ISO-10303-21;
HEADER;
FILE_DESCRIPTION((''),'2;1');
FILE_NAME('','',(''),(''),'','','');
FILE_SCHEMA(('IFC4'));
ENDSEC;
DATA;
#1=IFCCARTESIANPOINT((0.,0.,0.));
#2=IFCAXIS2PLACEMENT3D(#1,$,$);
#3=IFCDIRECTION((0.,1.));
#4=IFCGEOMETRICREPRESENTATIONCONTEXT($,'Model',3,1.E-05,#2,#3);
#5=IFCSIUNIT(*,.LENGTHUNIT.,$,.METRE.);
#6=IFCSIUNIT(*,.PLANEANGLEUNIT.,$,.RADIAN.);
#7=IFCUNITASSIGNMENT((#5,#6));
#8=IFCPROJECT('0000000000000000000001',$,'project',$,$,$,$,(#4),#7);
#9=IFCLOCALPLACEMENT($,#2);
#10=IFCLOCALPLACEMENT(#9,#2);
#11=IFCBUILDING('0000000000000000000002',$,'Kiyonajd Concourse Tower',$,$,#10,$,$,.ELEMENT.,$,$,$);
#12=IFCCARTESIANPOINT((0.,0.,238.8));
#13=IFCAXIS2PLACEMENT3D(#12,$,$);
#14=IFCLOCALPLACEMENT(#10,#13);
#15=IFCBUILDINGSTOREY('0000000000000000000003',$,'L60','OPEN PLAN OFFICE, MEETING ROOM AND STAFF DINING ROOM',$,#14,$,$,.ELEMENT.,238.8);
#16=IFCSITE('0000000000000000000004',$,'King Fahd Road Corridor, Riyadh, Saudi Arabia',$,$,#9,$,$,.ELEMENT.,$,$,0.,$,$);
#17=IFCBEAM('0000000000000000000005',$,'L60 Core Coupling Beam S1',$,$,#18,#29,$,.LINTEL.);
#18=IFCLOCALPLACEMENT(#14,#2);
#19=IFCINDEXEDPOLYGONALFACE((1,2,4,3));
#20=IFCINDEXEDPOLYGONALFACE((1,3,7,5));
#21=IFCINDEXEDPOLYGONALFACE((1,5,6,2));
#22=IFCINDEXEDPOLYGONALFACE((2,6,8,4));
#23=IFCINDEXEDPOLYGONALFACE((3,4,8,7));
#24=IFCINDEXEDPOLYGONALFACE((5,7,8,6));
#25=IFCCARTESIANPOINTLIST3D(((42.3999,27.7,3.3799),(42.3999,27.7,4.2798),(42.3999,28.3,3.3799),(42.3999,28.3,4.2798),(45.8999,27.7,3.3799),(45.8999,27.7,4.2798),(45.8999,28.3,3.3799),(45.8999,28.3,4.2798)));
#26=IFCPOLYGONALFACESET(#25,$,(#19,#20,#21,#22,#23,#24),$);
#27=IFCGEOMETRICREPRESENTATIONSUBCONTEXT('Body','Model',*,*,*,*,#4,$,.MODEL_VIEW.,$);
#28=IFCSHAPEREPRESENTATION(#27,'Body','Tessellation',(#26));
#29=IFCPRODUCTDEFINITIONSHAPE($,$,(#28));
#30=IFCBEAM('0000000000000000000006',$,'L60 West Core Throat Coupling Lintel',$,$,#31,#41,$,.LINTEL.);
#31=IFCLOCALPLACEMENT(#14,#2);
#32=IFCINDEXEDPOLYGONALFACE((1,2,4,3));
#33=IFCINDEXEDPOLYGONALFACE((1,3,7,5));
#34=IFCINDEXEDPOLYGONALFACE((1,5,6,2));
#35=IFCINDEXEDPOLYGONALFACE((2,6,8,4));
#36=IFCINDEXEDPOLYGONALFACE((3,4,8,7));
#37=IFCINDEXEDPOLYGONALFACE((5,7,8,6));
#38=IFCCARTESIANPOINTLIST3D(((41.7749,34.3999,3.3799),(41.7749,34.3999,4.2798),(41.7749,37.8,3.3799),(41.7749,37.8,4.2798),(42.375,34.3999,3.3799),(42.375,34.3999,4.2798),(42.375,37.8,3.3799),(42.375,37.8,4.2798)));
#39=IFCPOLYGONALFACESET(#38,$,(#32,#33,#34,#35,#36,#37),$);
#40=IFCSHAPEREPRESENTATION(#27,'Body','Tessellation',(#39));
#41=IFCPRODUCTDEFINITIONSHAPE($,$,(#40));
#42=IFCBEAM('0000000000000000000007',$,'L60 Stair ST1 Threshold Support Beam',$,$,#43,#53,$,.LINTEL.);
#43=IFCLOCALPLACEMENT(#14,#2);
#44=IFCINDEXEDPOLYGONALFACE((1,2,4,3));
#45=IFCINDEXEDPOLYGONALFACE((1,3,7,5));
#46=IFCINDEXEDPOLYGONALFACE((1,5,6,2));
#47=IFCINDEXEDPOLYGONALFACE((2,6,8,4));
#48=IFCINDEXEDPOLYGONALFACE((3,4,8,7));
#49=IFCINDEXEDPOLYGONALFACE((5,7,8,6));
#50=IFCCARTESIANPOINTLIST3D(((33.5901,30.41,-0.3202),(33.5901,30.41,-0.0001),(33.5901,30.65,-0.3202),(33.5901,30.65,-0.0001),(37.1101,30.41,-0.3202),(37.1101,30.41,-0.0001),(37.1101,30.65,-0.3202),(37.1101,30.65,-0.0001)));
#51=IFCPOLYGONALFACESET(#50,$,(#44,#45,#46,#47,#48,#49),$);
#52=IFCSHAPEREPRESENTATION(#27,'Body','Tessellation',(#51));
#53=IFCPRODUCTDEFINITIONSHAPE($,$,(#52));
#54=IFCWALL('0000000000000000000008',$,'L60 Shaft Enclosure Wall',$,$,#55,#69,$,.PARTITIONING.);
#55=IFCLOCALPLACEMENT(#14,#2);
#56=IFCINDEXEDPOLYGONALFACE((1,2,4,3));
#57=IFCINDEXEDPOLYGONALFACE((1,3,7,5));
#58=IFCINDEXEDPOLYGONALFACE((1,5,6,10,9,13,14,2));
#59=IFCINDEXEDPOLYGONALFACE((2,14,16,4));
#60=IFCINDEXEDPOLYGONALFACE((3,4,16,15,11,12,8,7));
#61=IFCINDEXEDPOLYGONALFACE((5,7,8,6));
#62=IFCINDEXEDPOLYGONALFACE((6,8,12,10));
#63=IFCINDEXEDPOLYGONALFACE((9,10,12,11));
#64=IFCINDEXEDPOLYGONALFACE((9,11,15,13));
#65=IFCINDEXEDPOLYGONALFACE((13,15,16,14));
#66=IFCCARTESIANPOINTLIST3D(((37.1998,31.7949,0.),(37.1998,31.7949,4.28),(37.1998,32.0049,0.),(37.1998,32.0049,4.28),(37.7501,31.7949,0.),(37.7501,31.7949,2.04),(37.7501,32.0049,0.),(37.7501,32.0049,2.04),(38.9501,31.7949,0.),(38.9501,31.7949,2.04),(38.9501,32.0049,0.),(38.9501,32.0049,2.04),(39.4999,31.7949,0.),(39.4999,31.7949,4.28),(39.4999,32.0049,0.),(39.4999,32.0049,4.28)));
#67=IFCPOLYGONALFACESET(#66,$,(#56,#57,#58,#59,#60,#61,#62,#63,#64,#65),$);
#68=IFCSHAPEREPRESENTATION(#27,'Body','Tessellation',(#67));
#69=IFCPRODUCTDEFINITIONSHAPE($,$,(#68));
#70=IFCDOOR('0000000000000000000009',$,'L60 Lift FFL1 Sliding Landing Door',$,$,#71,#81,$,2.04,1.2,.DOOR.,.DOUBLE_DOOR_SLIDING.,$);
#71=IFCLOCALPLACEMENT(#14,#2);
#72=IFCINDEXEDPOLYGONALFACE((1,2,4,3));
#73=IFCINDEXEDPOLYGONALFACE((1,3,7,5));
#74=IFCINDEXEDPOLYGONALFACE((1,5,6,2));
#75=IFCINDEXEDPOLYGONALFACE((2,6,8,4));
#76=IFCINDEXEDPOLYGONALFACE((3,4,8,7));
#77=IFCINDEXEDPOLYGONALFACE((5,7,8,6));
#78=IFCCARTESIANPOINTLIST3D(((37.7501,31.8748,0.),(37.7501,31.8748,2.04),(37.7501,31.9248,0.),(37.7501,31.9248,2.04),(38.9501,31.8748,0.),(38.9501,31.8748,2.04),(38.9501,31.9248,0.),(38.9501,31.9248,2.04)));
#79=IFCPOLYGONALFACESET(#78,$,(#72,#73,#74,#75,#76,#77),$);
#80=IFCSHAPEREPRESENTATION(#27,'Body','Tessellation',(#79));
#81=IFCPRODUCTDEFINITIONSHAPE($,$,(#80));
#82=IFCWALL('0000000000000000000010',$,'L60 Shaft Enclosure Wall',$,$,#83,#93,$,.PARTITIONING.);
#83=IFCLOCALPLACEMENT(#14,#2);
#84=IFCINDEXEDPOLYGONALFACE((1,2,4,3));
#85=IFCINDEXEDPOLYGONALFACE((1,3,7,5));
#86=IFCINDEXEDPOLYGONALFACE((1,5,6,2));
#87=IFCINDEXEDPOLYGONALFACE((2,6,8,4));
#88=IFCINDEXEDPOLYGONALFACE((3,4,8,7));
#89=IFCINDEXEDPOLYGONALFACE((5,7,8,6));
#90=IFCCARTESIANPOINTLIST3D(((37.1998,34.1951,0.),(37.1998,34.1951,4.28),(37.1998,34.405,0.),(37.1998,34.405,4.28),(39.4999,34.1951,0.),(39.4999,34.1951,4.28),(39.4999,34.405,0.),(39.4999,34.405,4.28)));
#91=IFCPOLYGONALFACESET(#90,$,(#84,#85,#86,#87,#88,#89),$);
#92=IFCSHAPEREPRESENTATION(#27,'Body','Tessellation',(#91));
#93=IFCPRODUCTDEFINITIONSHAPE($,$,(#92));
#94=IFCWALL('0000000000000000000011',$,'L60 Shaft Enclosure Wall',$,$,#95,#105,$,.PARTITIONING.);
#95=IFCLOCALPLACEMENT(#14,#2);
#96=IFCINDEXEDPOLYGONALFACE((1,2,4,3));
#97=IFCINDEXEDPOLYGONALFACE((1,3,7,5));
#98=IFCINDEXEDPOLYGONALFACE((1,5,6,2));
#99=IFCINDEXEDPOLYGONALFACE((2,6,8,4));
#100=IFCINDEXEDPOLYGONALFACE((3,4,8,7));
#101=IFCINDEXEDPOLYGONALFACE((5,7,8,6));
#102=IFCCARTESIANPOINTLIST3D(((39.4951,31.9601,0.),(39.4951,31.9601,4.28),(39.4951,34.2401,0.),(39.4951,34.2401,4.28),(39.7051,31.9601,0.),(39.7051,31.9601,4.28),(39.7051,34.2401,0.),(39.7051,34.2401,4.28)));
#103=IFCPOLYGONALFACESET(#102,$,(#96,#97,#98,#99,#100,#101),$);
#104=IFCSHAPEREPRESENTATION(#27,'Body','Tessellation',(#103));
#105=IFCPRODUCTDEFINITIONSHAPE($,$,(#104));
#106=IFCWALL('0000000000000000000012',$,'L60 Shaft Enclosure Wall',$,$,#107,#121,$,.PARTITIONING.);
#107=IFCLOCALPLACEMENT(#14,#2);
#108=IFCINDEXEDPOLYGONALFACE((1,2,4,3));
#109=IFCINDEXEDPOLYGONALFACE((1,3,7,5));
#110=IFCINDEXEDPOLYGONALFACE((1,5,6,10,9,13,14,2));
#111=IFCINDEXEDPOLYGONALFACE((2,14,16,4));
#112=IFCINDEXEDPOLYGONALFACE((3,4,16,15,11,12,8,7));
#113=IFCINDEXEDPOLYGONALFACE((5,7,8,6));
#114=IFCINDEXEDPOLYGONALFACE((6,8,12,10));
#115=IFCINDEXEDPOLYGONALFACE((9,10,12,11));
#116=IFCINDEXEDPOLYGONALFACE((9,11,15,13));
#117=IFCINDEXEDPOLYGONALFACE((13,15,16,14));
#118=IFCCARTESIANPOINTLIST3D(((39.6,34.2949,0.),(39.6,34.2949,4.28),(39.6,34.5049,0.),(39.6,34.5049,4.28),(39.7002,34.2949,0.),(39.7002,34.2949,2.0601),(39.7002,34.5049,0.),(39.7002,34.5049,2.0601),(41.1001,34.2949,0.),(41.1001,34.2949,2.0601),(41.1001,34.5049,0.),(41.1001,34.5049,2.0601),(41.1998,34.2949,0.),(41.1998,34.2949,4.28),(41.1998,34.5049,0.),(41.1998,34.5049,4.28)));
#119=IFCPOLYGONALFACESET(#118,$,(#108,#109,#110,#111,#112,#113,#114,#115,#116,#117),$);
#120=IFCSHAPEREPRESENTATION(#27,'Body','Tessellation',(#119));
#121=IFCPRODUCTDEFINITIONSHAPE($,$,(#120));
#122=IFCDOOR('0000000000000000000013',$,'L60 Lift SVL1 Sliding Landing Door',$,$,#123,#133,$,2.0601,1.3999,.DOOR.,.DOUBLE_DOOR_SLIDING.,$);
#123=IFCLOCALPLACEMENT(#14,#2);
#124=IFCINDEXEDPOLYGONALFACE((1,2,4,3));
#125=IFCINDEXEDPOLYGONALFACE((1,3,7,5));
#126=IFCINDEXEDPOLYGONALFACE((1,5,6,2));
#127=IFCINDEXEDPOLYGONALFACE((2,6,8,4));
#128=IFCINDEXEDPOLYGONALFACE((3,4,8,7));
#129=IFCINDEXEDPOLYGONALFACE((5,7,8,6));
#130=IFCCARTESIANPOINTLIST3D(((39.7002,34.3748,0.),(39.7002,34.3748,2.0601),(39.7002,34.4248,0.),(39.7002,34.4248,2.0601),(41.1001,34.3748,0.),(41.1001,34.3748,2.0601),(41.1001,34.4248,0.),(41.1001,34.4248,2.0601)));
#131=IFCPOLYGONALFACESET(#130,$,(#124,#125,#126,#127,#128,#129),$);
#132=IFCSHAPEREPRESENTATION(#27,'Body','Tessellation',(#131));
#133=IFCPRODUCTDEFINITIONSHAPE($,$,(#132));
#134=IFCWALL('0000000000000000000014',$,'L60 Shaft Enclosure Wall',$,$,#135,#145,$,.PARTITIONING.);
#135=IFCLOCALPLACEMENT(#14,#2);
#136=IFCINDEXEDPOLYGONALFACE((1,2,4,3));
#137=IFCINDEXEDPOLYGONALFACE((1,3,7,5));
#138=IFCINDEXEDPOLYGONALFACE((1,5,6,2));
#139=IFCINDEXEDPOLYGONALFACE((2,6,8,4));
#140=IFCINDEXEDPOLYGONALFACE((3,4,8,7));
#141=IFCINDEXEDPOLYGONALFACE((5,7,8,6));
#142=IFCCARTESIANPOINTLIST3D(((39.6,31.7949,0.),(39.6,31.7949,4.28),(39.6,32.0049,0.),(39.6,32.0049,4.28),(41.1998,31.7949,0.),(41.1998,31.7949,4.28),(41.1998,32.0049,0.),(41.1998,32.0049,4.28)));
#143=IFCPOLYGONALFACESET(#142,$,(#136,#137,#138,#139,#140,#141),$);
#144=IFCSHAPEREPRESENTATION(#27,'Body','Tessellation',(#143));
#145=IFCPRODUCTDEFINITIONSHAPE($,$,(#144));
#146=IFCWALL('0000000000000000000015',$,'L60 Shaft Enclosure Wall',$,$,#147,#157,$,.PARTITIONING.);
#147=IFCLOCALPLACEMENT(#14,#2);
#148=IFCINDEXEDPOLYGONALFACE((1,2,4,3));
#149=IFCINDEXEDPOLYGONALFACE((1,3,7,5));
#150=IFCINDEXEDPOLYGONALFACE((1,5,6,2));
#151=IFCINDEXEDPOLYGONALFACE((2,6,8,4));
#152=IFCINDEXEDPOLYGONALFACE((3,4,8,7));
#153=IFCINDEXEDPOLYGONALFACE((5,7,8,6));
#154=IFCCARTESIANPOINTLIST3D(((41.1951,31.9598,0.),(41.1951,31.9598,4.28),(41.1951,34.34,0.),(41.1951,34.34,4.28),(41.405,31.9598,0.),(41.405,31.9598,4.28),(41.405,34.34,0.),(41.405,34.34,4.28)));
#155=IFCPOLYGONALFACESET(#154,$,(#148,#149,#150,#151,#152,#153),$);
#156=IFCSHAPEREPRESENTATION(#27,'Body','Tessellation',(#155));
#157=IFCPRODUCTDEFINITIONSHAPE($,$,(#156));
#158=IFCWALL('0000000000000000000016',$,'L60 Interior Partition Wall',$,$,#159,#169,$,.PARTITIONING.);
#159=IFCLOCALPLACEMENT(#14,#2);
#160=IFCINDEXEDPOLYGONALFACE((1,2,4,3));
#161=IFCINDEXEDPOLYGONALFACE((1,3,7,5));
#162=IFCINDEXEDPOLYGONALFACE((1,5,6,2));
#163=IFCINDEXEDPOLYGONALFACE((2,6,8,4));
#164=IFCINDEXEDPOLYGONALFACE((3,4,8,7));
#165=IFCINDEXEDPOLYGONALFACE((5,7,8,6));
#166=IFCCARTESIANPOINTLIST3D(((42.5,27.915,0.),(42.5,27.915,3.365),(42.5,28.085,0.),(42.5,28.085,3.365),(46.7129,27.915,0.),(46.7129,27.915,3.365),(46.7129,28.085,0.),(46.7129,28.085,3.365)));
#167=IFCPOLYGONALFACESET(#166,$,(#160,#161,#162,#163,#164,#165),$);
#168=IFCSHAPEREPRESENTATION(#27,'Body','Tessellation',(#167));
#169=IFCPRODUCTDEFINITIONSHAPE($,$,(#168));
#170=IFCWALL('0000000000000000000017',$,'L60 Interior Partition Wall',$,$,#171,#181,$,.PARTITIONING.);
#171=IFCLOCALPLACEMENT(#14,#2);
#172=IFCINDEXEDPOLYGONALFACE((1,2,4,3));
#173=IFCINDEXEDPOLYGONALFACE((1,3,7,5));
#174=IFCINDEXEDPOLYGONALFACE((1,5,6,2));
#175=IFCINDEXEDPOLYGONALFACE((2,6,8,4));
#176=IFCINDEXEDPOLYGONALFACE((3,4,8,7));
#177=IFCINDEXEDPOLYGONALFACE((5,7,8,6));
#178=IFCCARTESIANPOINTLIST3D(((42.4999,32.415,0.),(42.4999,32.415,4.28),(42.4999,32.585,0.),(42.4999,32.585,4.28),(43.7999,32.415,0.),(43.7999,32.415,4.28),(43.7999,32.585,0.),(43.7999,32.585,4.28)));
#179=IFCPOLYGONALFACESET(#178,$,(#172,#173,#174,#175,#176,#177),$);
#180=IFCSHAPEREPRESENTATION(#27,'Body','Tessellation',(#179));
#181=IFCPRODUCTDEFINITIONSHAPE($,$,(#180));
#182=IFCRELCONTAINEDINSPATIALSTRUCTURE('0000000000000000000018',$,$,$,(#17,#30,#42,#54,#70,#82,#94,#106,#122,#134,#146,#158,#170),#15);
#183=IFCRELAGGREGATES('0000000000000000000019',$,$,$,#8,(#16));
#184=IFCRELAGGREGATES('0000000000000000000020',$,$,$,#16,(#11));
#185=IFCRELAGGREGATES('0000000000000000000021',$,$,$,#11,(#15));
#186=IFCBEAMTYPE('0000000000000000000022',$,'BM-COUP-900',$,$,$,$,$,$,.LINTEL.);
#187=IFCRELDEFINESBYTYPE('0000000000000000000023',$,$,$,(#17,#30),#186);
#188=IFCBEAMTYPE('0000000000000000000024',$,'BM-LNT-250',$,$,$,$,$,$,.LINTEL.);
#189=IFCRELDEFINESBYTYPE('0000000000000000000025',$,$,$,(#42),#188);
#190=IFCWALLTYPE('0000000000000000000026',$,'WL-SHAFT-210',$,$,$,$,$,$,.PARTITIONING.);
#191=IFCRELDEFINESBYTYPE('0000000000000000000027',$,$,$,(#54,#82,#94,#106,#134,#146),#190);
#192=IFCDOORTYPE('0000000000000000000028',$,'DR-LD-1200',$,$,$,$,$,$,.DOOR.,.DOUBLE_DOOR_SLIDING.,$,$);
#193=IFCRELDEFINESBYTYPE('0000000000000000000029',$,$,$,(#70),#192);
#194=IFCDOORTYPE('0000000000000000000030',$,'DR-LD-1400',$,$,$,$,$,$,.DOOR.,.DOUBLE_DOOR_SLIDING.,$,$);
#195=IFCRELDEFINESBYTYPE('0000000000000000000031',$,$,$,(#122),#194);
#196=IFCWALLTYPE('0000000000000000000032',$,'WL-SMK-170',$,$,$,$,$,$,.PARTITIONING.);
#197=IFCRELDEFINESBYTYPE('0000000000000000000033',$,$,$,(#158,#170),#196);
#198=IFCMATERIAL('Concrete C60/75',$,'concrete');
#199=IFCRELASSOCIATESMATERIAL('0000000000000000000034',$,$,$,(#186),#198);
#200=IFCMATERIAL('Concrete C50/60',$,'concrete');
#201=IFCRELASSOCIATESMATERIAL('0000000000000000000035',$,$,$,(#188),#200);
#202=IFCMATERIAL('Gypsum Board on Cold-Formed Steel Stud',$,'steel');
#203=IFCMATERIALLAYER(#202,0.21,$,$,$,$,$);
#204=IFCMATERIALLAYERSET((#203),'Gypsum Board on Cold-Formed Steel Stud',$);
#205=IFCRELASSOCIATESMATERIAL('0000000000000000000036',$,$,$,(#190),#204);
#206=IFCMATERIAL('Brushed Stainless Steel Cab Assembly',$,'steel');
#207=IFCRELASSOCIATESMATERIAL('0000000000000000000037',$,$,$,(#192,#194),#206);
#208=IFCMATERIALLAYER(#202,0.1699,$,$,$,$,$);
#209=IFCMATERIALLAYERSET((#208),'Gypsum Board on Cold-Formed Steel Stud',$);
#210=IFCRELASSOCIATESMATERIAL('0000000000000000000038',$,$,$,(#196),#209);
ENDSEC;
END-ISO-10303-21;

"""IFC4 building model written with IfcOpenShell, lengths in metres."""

from ifc_helpers import new_model, si_unit, direction, frame, frame_2d, origin, origin_2d, place, context, subcontext, project, spatial, rectangle, extrude, material, layer, layer_set, material_profile, profile_set, type_object, element, fill, save


model = new_model("IFC4")

# Units and contexts
model_context = context("Model", 3, precision=1e-05, world=origin(), true_north=direction((0.0, 1.0)))
body_context = subcontext(model_context, "Body", "Model", "MODEL_VIEW")
ifc_project = project(units=[si_unit("LENGTHUNIT", "METRE"), si_unit("PLANEANGLEUNIT", "RADIAN")], contexts=[model_context])

# Site, building, storey
site_placement = place(None, origin())
site = spatial("IfcSite", under=ifc_project, at=site_placement, Name="King Fahd Road Corridor, Riyadh, Saudi Arabia", CompositionType="ELEMENT", RefElevation=0.0)
building_placement = place(site_placement, origin())
building = spatial("IfcBuilding", under=site, at=building_placement, Name="Kiyonajd Concourse Tower", CompositionType="ELEMENT")
storey_placement = place(building_placement, frame((0.0, 0.0, 238.8)))
storey = spatial("IfcBuildingStorey", under=building, at=storey_placement, Name="L60", Description="OPEN PLAN OFFICE, MEETING ROOM AND STAFF DINING ROOM", CompositionType="ELEMENT", Elevation=238.8)

# Beams
ifc_material_1 = material(Name="Concrete C60/75", Category="concrete")
ifc_material_profile_1 = material_profile(ifc_material_1, rectangle(XDim=0.6001, YDim=0.8999, at=origin_2d()), Name="RCBM-600x900")
ifc_profile_set_1 = profile_set([ifc_material_profile_1], Name="Concrete C60/75")
beam_type_1 = type_object("IfcBeamType", Name="BM-COUP-900", PredefinedType="LINTEL", material=ifc_profile_set_1)
beam_1_placement = place(storey_placement, frame((42.3999, 28.0, 3.8298), z_axis=(1.0, 0.0, 0.0), x_axis=(0.0, 1.0, 0.0)))
element("IfcBeam", 1, at=beam_1_placement, inside=storey, type_object=beam_type_1, Name="L60 Core Coupling Beam S1", PredefinedType="LINTEL", context=body_context, shape_type="SweptSolid", body=[
    extrude(rectangle(XDim=0.6001, YDim=0.8999, at=origin_2d()), origin(), (0.0, 0.0, 1.0), 3.5),
])
beam_2_placement = place(storey_placement, frame((42.075, 34.3999, 3.8298), z_axis=(0.0, 1.0, 0.0), x_axis=(-1.0, 0.0, 0.0)))
element("IfcBeam", 2, at=beam_2_placement, inside=storey, type_object=beam_type_1, Name="L60 West Core Throat Coupling Lintel", PredefinedType="LINTEL", context=body_context, shape_type="SweptSolid", body=[
    extrude(rectangle(XDim=0.6001, YDim=0.8999, at=origin_2d()), origin(), (0.0, 0.0, 1.0), 3.4001),
])
ifc_material_2 = material(Name="Concrete C50/60", Category="concrete")
ifc_material_profile_2 = material_profile(ifc_material_2, rectangle(XDim=0.24, YDim=0.3201, at=origin_2d()), Name="RCBM-240x320")
ifc_profile_set_2 = profile_set([ifc_material_profile_2], Name="Concrete C50/60")
beam_type_2 = type_object("IfcBeamType", Name="BM-LNT-250", PredefinedType="LINTEL", material=ifc_profile_set_2)
beam_3_placement = place(storey_placement, frame((33.5901, 30.53, -0.1602), z_axis=(1.0, 0.0, 0.0), x_axis=(0.0, 1.0, 0.0)))
element("IfcBeam", 3, at=beam_3_placement, inside=storey, type_object=beam_type_2, Name="L60 Stair ST1 Threshold Support Beam", PredefinedType="LINTEL", context=body_context, shape_type="SweptSolid", body=[
    extrude(rectangle(XDim=0.24, YDim=0.3201, at=origin_2d()), origin(), (0.0, 0.0, 1.0), 3.52),
])

# Wall, opening, door
ifc_material_3 = material(Name="Gypsum Board on Cold-Formed Steel Stud", Category="steel")
ifc_layer_1 = layer(ifc_material_3, 0.21)
ifc_layer_set_1 = layer_set([ifc_layer_1], Name="Gypsum Board on Cold-Formed Steel Stud")
wall_type_1 = type_object("IfcWallType", Name="WL-SHAFT-210", PredefinedType="PARTITIONING", material=ifc_layer_set_1)
wall_1_placement = place(storey_placement, frame((37.2, 31.8999, 0.0), z_axis=(0.0, 0.0, 1.0), x_axis=(1.0, 0.0, 0.0)))
wall_1 = element("IfcWall", 4, at=wall_1_placement, inside=storey, type_object=wall_type_1, Name="L60 Shaft Enclosure Wall", PredefinedType="PARTITIONING", context=body_context, shape_type="SweptSolid", body=[
    extrude(rectangle(XDim=2.3, YDim=0.21, at=frame_2d((1.1499, 0.0))), origin(), (0.0, 0.0, 1.0), 4.28),
])
opening_1_placement = place(wall_1_placement, frame((0.55, 0.0, 0.0)))
opening_1 = element("IfcOpeningElement", 5, at=opening_1_placement, cuts=wall_1, PredefinedType="OPENING", context=body_context, shape_type="SweptSolid", body=[
    extrude(rectangle(XDim=1.2, YDim=2.04, at=frame_2d((0.6001, 1.02))), frame((0.0, 0.115, 0.0), z_axis=(0.0, -1.0, 0.0), x_axis=(1.0, 0.0, 0.0)), (0.0, 0.0, 1.0), 0.23),
])
ifc_material_4 = material(Name="Brushed Stainless Steel Cab Assembly", Category="steel")
door_type_1 = type_object("IfcDoorType", Name="DR-LD-1200", OperationType="DOUBLE_DOOR_SLIDING", PredefinedType="DOOR", material=ifc_material_4)
door_1_placement = place(opening_1_placement, origin())
door_1 = element("IfcDoor", 6, at=door_1_placement, inside=storey, type_object=door_type_1, Name="L60 Lift FFL1 Sliding Landing Door", OperationType="DOUBLE_DOOR_SLIDING", OverallHeight=2.04, OverallWidth=1.2, PredefinedType="DOOR", context=body_context, shape_type="SweptSolid", body=[
    extrude(rectangle(XDim=1.2, YDim=2.04, at=frame_2d((0.6001, 1.02))), frame((0.0, 0.0249, 0.0), z_axis=(0.0, -1.0, 0.0), x_axis=(1.0, 0.0, 0.0)), (0.0, 0.0, 1.0), 0.05),
])
fill(opening_1, door_1)

# Walls
wall_2_placement = place(storey_placement, frame((37.2, 34.3, 0.0), z_axis=(0.0, 0.0, 1.0), x_axis=(1.0, 0.0, 0.0)))
element("IfcWall", 7, at=wall_2_placement, inside=storey, type_object=wall_type_1, Name="L60 Shaft Enclosure Wall", PredefinedType="PARTITIONING", context=body_context, shape_type="SweptSolid", body=[
    extrude(rectangle(XDim=2.3, YDim=0.21, at=frame_2d((1.1499, 0.0))), origin(), (0.0, 0.0, 1.0), 4.28),
])
wall_3_placement = place(storey_placement, frame((39.6001, 31.96, 0.0), z_axis=(0.0, 0.0, 1.0), x_axis=(0.0, 1.0, 0.0)))
element("IfcWall", 8, at=wall_3_placement, inside=storey, type_object=wall_type_1, Name="L60 Shaft Enclosure Wall", PredefinedType="PARTITIONING", context=body_context, shape_type="SweptSolid", body=[
    extrude(rectangle(XDim=2.28, YDim=0.21, at=frame_2d((1.1401, 0.0))), origin(), (0.0, 0.0, 1.0), 4.28),
])

# Wall, opening, door
wall_4_placement = place(storey_placement, frame((39.6001, 34.3999, 0.0), z_axis=(0.0, 0.0, 1.0), x_axis=(1.0, 0.0, 0.0)))
wall_4 = element("IfcWall", 9, at=wall_4_placement, inside=storey, type_object=wall_type_1, Name="L60 Shaft Enclosure Wall", PredefinedType="PARTITIONING", context=body_context, shape_type="SweptSolid", body=[
    extrude(rectangle(XDim=1.5999, YDim=0.21, at=frame_2d((0.7998, 0.0))), origin(), (0.0, 0.0, 1.0), 4.28),
])
opening_2_placement = place(wall_4_placement, frame((0.1001, 0.0, 0.0)))
opening_2 = element("IfcOpeningElement", 10, at=opening_2_placement, cuts=wall_4, PredefinedType="OPENING", context=body_context, shape_type="SweptSolid", body=[
    extrude(rectangle(XDim=1.3999, YDim=2.0601, at=frame_2d((0.7, 1.03))), frame((0.0, 0.115, 0.0), z_axis=(0.0, -1.0, 0.0), x_axis=(1.0, 0.0, 0.0)), (0.0, 0.0, 1.0), 0.23),
])
door_type_2 = type_object("IfcDoorType", Name="DR-LD-1400", OperationType="DOUBLE_DOOR_SLIDING", PredefinedType="DOOR", material=ifc_material_4)
door_2_placement = place(opening_2_placement, origin())
door_2 = element("IfcDoor", 11, at=door_2_placement, inside=storey, type_object=door_type_2, Name="L60 Lift SVL1 Sliding Landing Door", OperationType="DOUBLE_DOOR_SLIDING", OverallHeight=2.0601, OverallWidth=1.3999, PredefinedType="DOOR", context=body_context, shape_type="SweptSolid", body=[
    extrude(rectangle(XDim=1.3999, YDim=2.0601, at=frame_2d((0.7, 1.03))), frame((0.0, 0.0249, 0.0), z_axis=(0.0, -1.0, 0.0), x_axis=(1.0, 0.0, 0.0)), (0.0, 0.0, 1.0), 0.05),
])
fill(opening_2, door_2)

# Walls
wall_5_placement = place(storey_placement, frame((39.6001, 31.8999, 0.0), z_axis=(0.0, 0.0, 1.0), x_axis=(1.0, 0.0, 0.0)))
element("IfcWall", 12, at=wall_5_placement, inside=storey, type_object=wall_type_1, Name="L60 Shaft Enclosure Wall", PredefinedType="PARTITIONING", context=body_context, shape_type="SweptSolid", body=[
    extrude(rectangle(XDim=1.5999, YDim=0.21, at=frame_2d((0.7998, 0.0))), origin(), (0.0, 0.0, 1.0), 4.28),
])
wall_6_placement = place(storey_placement, frame((41.3, 31.96, 0.0), z_axis=(0.0, 0.0, 1.0), x_axis=(0.0, 1.0, 0.0)))
element("IfcWall", 13, at=wall_6_placement, inside=storey, type_object=wall_type_1, Name="L60 Shaft Enclosure Wall", PredefinedType="PARTITIONING", context=body_context, shape_type="SweptSolid", body=[
    extrude(rectangle(XDim=2.3801, YDim=0.21, at=frame_2d((1.1899, 0.0))), origin(), (0.0, 0.0, 1.0), 4.28),
])
ifc_layer_2 = layer(ifc_material_3, 0.1699)
ifc_layer_set_2 = layer_set([ifc_layer_2], Name="Gypsum Board on Cold-Formed Steel Stud")
wall_type_2 = type_object("IfcWallType", Name="WL-SMK-170", PredefinedType="PARTITIONING", material=ifc_layer_set_2)
wall_7_placement = place(storey_placement, frame((42.5, 28.0, 0.0), z_axis=(0.0, 0.0, 1.0), x_axis=(1.0, 0.0, 0.0)))
element("IfcWall", 14, at=wall_7_placement, inside=storey, type_object=wall_type_2, Name="L60 Interior Partition Wall", PredefinedType="PARTITIONING", context=body_context, shape_type="SweptSolid", body=[
    extrude(rectangle(XDim=4.2129, YDim=0.1699, at=frame_2d((2.1064, 0.0))), origin(), (0.0, 0.0, 1.0), 3.365),
])
wall_8_placement = place(storey_placement, frame((42.5, 32.5, 0.0), z_axis=(0.0, 0.0, 1.0), x_axis=(1.0, 0.0, 0.0)))
element("IfcWall", 15, at=wall_8_placement, inside=storey, type_object=wall_type_2, Name="L60 Interior Partition Wall", PredefinedType="PARTITIONING", context=body_context, shape_type="SweptSolid", body=[
    extrude(rectangle(XDim=1.3, YDim=0.1699, at=frame_2d((0.6499, 0.0))), origin(), (0.0, 0.0, 1.0), 4.28),
])

save(model, "model.ifc")
